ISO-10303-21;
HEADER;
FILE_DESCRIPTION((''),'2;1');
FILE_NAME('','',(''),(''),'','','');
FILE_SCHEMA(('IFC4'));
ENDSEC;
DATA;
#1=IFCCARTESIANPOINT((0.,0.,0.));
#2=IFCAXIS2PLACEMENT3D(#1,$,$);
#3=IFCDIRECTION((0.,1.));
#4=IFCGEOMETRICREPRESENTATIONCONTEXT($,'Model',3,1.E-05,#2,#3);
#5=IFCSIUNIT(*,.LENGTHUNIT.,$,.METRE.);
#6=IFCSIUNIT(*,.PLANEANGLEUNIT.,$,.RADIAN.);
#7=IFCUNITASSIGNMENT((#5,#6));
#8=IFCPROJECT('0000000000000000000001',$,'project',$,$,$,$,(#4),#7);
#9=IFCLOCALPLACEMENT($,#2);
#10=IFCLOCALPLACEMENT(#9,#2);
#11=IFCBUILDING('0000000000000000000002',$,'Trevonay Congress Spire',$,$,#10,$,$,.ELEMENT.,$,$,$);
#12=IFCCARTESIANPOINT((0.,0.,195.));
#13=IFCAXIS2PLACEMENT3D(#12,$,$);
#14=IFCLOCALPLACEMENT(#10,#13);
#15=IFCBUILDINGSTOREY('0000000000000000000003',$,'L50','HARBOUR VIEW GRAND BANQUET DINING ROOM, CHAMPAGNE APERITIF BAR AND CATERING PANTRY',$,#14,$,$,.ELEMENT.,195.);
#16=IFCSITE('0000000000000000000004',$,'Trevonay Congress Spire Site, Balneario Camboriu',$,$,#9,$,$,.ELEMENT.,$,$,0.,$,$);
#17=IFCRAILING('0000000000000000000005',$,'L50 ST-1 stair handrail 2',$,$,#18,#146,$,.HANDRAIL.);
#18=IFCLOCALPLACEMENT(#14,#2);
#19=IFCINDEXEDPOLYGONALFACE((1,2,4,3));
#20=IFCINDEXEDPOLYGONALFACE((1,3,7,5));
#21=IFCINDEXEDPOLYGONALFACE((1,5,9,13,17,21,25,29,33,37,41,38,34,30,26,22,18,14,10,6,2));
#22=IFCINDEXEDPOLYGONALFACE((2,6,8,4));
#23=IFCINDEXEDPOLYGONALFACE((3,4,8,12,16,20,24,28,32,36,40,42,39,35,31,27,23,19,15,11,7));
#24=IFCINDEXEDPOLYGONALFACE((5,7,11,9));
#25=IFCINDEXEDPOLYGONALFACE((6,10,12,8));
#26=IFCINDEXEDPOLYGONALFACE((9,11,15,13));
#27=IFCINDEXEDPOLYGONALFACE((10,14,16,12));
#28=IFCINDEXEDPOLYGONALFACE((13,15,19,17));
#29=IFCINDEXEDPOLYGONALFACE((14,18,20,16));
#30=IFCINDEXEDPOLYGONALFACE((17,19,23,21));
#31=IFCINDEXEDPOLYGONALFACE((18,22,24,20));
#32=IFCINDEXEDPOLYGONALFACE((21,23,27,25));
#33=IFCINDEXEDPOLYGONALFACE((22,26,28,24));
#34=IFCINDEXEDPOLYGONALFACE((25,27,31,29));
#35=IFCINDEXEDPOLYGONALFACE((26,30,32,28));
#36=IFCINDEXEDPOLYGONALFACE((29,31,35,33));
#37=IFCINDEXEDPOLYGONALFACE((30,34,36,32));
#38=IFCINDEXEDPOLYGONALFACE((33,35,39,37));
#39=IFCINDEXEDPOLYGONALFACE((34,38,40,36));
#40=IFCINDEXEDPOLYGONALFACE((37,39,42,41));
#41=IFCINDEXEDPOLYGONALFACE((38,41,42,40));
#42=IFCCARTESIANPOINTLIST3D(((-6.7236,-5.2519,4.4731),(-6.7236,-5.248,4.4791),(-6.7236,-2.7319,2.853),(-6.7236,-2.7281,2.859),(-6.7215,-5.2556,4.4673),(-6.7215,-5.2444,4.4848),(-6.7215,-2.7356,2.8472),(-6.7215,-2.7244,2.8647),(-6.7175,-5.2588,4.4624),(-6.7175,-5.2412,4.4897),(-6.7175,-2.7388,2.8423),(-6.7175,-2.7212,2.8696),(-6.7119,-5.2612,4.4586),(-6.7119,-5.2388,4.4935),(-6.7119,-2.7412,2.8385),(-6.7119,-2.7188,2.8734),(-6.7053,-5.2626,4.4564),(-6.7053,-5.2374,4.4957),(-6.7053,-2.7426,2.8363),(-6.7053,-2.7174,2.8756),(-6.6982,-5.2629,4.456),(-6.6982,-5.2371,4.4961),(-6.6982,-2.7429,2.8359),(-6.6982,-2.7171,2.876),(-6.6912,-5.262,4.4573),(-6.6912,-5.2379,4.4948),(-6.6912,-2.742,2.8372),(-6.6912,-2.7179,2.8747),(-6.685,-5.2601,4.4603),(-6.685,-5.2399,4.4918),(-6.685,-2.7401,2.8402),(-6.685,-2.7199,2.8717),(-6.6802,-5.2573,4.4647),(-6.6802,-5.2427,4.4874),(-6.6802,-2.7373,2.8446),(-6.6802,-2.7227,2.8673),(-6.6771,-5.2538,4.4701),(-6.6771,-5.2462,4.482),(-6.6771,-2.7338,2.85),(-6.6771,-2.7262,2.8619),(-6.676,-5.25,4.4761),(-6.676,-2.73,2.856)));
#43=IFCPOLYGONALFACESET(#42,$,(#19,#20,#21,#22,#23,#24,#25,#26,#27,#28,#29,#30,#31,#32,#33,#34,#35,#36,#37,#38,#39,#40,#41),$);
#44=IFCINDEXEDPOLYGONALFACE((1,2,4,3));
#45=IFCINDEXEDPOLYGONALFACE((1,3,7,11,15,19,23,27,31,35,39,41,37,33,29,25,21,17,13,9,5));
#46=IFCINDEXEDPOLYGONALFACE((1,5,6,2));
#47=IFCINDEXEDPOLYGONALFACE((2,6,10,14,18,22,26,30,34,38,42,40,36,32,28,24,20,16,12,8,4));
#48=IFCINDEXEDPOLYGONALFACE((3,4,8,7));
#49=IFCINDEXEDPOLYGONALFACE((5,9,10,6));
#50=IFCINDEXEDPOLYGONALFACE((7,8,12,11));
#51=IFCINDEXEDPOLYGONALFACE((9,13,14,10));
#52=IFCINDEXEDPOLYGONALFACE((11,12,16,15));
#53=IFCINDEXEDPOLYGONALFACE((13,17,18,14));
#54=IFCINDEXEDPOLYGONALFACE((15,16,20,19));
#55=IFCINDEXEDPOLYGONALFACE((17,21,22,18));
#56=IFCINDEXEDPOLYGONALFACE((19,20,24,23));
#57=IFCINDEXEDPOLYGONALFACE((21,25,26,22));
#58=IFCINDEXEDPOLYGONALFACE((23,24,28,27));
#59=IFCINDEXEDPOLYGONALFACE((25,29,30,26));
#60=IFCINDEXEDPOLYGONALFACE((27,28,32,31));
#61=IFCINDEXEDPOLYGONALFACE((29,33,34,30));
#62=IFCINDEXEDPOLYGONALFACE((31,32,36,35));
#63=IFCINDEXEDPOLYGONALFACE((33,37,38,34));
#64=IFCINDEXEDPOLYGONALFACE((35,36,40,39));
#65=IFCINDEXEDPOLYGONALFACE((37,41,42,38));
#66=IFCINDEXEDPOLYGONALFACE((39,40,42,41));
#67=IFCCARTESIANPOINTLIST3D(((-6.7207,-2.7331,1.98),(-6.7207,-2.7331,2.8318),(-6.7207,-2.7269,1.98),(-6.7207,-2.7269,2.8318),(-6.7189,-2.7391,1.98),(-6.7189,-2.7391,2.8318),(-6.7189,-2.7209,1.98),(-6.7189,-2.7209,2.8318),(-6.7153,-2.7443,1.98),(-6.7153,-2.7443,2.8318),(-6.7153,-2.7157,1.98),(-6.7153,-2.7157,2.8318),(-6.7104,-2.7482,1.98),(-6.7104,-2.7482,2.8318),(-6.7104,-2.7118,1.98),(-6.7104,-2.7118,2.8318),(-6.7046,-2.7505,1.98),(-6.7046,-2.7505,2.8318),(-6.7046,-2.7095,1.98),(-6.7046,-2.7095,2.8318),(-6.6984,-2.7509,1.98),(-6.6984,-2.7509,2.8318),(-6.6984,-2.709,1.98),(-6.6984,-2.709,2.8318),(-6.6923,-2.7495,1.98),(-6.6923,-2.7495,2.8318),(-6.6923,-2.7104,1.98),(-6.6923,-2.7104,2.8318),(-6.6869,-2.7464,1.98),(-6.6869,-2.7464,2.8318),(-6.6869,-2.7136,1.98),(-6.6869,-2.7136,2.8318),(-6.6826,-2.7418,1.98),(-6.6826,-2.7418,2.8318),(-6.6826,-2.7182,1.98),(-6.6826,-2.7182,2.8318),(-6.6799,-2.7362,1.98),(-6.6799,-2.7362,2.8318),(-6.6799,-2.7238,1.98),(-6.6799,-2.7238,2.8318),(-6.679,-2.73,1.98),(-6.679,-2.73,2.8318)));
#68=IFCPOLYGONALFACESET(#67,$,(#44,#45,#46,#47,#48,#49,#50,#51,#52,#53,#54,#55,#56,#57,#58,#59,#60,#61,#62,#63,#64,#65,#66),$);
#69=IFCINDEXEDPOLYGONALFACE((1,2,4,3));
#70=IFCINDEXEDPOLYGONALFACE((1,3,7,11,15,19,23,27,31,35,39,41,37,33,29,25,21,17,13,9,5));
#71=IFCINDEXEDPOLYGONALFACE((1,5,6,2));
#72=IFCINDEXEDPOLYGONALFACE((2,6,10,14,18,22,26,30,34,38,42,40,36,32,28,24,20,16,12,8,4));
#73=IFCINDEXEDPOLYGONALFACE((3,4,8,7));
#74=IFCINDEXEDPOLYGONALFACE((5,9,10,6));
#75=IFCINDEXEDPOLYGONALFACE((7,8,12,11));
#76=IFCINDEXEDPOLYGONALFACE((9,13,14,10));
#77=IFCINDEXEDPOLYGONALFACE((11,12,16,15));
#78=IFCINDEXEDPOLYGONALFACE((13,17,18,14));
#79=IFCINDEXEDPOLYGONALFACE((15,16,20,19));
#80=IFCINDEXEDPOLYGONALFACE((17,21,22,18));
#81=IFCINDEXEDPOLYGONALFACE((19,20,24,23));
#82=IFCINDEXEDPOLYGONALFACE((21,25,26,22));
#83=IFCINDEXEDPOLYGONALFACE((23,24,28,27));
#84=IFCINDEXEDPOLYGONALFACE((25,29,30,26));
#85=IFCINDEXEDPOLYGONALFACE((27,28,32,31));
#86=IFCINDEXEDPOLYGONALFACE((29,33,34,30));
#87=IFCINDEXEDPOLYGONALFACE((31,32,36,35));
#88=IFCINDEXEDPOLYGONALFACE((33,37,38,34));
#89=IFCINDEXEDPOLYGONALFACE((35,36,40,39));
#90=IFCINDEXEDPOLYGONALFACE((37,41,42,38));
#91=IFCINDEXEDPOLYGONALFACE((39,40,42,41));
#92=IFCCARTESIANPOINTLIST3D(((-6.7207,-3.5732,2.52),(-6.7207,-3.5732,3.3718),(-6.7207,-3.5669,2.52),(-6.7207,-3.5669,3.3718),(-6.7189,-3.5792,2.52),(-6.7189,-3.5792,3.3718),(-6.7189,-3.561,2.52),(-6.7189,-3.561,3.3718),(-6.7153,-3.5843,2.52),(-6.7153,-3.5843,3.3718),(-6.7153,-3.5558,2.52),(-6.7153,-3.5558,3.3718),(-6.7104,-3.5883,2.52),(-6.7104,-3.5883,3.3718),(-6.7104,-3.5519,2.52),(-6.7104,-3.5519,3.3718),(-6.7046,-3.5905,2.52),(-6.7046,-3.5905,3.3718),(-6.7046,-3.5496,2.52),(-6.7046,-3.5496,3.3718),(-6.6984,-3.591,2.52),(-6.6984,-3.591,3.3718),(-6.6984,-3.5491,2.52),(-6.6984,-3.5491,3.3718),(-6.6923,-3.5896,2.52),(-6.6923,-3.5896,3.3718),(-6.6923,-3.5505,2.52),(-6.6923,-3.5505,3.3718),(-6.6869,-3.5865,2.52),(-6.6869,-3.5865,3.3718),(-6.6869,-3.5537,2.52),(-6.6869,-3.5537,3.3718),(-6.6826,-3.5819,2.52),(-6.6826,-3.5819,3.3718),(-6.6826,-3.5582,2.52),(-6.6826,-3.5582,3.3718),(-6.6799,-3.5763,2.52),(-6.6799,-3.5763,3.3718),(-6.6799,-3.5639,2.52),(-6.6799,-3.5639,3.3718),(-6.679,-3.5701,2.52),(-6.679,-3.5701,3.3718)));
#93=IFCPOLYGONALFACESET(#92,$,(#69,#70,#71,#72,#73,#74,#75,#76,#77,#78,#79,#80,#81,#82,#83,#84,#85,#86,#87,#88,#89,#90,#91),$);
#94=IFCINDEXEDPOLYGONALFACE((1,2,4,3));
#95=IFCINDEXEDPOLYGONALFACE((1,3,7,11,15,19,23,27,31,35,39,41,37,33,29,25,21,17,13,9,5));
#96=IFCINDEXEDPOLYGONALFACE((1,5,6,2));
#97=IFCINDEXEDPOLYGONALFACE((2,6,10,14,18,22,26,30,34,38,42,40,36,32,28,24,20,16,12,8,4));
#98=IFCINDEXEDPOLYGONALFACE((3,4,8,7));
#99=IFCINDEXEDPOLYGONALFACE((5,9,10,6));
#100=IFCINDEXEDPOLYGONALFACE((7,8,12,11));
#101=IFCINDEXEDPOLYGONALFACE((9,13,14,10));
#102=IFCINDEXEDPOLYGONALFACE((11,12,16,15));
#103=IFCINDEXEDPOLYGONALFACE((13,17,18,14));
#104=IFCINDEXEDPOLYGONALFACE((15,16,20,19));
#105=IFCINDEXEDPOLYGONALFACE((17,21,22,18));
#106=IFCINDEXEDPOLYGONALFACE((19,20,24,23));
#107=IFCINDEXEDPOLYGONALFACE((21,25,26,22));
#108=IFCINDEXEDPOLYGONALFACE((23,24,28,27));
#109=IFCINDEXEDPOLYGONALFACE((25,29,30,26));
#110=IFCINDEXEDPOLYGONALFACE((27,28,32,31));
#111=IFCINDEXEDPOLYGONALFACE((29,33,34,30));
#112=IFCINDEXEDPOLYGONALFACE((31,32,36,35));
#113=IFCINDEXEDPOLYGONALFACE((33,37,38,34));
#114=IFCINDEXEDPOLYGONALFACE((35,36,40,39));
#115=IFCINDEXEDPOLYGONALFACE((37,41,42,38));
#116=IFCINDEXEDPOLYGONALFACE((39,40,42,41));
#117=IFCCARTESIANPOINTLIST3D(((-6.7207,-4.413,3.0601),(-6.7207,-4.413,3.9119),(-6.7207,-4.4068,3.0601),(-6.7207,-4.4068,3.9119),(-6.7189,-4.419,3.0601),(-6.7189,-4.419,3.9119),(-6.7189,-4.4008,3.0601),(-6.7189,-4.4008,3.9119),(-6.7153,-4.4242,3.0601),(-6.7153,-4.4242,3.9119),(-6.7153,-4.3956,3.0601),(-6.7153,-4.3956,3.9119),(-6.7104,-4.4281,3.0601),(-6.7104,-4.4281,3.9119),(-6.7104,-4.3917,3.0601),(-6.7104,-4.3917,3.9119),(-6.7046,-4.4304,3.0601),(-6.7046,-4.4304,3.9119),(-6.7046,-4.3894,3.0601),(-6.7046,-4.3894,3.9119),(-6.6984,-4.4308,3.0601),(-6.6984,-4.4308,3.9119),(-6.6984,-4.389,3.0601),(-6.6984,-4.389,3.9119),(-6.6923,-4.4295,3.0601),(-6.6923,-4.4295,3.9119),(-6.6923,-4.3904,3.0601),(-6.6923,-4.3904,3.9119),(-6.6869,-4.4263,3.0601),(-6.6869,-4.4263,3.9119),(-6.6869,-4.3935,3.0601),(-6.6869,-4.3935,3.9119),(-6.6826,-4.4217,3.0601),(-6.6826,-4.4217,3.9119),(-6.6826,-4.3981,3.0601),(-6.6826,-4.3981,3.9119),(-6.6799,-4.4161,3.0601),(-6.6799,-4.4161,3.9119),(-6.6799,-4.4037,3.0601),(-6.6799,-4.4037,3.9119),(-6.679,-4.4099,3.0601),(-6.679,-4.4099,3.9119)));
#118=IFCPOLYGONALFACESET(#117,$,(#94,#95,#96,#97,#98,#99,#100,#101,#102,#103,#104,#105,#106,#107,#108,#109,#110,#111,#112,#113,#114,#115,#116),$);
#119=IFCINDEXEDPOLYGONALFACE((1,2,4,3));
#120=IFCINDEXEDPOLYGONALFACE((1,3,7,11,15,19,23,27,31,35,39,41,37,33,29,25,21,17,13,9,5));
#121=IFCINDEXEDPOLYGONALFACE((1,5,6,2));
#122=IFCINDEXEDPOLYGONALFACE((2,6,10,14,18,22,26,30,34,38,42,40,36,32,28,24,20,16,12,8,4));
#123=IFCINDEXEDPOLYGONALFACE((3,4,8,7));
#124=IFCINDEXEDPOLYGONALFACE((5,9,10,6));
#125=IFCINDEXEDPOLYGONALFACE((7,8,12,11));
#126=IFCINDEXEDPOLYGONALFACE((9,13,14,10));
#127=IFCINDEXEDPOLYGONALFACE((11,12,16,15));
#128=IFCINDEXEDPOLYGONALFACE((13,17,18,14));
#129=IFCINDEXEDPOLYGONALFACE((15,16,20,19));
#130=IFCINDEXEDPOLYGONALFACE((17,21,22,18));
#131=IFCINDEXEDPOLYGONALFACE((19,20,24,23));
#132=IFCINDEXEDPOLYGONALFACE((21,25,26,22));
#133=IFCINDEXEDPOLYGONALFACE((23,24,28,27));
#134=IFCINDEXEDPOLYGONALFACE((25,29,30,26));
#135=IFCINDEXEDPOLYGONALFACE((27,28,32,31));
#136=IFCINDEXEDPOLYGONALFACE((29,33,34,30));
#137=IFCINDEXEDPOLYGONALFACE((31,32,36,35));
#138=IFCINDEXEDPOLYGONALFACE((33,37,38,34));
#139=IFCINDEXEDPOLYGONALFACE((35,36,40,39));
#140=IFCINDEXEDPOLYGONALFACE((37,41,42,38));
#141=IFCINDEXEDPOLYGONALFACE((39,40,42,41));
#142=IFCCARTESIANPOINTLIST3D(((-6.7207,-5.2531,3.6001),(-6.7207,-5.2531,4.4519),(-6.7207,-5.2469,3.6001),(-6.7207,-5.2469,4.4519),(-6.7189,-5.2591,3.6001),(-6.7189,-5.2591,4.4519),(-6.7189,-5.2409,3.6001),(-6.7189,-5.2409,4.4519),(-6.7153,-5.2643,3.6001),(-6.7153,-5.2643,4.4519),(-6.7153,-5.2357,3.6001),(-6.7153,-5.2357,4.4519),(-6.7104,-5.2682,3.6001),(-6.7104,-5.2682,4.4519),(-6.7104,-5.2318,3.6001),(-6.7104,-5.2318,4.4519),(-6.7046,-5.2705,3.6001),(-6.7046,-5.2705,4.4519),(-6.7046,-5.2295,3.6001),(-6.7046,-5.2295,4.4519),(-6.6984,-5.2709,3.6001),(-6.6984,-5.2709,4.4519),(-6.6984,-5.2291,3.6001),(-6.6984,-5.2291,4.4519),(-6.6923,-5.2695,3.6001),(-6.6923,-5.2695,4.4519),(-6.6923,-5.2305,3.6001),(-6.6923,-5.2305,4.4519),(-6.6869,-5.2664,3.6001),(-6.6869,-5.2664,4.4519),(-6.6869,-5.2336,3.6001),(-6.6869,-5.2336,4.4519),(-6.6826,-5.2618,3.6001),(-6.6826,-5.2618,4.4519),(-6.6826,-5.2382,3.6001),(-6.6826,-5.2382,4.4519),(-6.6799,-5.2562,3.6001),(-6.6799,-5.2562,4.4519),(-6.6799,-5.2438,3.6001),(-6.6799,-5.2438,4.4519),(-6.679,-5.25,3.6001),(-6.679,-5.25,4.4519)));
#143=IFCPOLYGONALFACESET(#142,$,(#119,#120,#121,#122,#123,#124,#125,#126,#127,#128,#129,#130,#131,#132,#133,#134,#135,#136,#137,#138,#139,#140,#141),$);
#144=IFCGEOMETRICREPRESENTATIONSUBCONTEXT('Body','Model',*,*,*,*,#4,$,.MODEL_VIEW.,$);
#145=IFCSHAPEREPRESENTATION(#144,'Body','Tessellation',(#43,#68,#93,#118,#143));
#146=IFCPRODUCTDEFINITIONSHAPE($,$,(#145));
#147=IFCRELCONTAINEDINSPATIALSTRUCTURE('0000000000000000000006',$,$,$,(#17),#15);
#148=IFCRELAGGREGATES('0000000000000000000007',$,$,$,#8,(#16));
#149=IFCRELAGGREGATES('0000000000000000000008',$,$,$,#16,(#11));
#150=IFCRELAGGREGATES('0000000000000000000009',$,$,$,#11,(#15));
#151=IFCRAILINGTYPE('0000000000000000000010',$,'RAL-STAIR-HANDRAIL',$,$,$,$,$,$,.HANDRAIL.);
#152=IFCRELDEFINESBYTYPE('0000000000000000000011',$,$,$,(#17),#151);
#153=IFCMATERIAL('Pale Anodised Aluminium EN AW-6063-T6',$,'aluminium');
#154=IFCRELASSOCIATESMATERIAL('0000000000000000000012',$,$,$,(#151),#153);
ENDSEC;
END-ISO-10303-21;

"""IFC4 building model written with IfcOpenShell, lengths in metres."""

from ifc_helpers import new_model, si_unit, direction, frame, origin, origin_2d, place, context, subcontext, project, spatial, circle, extrude, material, type_object, element, save


model = new_model("IFC4")

# Units and contexts
model_context = context("Model", 3, precision=1e-05, world=origin(), true_north=direction((0.0, 1.0)))
body_context = subcontext(model_context, "Body", "Model", "MODEL_VIEW")
ifc_project = project(units=[si_unit("LENGTHUNIT", "METRE"), si_unit("PLANEANGLEUNIT", "RADIAN")], contexts=[model_context])

# Site, building, storey
site_placement = place(None, origin())
site = spatial("IfcSite", under=ifc_project, at=site_placement, Name="Trevonay Congress Spire Site, Balneario Camboriu", CompositionType="ELEMENT", RefElevation=0.0)
building_placement = place(site_placement, origin())
building = spatial("IfcBuilding", under=site, at=building_placement, Name="Trevonay Congress Spire", CompositionType="ELEMENT")
storey_placement = place(building_placement, frame((0.0, 0.0, 195.0)))
storey = spatial("IfcBuildingStorey", under=building, at=storey_placement, Name="L50", Description="HARBOUR VIEW GRAND BANQUET DINING ROOM, CHAMPAGNE APERITIF BAR AND CATERING PANTRY", CompositionType="ELEMENT", Elevation=195.0)

# Shared definitions
ifc_material_1 = material(Name="Pale Anodised Aluminium EN AW-6063-T6", Category="aluminium")

# Railing
railing_type_1 = type_object("IfcRailingType", Name="RAL-STAIR-HANDRAIL", PredefinedType="HANDRAIL", material=ifc_material_1)
railing_1_placement = place(storey_placement, frame((-6.7, -2.73, 1.98)))
element("IfcRailing", 1, at=railing_1_placement, inside=storey, type_object=railing_type_1, Name="L50 ST-1 stair handrail 2", PredefinedType="HANDRAIL", context=body_context, shape_type="SweptSolid", body=[
    extrude(circle(Radius=0.0239, at=origin_2d()), frame((0.0, 0.0, 0.876), z_axis=(0.0, -0.841163, 0.540782), x_axis=(1.0, 0.0, 0.0)), (0.0, 0.0, 1.0), 2.9958),
    extrude(circle(Radius=0.021, at=origin_2d()), origin(), (0.0, 0.0, 1.0), 0.8518),
    extrude(circle(Radius=0.021, at=origin_2d()), frame((0.0, -0.8401, 0.54)), (0.0, 0.0, 1.0), 0.8518),
    extrude(circle(Radius=0.021, at=origin_2d()), frame((0.0, -1.6799, 1.0801)), (0.0, 0.0, 1.0), 0.8518),
    extrude(circle(Radius=0.021, at=origin_2d()), frame((0.0, -2.52, 1.6201)), (0.0, 0.0, 1.0), 0.8518),
])

save(model, "model.ifc")
